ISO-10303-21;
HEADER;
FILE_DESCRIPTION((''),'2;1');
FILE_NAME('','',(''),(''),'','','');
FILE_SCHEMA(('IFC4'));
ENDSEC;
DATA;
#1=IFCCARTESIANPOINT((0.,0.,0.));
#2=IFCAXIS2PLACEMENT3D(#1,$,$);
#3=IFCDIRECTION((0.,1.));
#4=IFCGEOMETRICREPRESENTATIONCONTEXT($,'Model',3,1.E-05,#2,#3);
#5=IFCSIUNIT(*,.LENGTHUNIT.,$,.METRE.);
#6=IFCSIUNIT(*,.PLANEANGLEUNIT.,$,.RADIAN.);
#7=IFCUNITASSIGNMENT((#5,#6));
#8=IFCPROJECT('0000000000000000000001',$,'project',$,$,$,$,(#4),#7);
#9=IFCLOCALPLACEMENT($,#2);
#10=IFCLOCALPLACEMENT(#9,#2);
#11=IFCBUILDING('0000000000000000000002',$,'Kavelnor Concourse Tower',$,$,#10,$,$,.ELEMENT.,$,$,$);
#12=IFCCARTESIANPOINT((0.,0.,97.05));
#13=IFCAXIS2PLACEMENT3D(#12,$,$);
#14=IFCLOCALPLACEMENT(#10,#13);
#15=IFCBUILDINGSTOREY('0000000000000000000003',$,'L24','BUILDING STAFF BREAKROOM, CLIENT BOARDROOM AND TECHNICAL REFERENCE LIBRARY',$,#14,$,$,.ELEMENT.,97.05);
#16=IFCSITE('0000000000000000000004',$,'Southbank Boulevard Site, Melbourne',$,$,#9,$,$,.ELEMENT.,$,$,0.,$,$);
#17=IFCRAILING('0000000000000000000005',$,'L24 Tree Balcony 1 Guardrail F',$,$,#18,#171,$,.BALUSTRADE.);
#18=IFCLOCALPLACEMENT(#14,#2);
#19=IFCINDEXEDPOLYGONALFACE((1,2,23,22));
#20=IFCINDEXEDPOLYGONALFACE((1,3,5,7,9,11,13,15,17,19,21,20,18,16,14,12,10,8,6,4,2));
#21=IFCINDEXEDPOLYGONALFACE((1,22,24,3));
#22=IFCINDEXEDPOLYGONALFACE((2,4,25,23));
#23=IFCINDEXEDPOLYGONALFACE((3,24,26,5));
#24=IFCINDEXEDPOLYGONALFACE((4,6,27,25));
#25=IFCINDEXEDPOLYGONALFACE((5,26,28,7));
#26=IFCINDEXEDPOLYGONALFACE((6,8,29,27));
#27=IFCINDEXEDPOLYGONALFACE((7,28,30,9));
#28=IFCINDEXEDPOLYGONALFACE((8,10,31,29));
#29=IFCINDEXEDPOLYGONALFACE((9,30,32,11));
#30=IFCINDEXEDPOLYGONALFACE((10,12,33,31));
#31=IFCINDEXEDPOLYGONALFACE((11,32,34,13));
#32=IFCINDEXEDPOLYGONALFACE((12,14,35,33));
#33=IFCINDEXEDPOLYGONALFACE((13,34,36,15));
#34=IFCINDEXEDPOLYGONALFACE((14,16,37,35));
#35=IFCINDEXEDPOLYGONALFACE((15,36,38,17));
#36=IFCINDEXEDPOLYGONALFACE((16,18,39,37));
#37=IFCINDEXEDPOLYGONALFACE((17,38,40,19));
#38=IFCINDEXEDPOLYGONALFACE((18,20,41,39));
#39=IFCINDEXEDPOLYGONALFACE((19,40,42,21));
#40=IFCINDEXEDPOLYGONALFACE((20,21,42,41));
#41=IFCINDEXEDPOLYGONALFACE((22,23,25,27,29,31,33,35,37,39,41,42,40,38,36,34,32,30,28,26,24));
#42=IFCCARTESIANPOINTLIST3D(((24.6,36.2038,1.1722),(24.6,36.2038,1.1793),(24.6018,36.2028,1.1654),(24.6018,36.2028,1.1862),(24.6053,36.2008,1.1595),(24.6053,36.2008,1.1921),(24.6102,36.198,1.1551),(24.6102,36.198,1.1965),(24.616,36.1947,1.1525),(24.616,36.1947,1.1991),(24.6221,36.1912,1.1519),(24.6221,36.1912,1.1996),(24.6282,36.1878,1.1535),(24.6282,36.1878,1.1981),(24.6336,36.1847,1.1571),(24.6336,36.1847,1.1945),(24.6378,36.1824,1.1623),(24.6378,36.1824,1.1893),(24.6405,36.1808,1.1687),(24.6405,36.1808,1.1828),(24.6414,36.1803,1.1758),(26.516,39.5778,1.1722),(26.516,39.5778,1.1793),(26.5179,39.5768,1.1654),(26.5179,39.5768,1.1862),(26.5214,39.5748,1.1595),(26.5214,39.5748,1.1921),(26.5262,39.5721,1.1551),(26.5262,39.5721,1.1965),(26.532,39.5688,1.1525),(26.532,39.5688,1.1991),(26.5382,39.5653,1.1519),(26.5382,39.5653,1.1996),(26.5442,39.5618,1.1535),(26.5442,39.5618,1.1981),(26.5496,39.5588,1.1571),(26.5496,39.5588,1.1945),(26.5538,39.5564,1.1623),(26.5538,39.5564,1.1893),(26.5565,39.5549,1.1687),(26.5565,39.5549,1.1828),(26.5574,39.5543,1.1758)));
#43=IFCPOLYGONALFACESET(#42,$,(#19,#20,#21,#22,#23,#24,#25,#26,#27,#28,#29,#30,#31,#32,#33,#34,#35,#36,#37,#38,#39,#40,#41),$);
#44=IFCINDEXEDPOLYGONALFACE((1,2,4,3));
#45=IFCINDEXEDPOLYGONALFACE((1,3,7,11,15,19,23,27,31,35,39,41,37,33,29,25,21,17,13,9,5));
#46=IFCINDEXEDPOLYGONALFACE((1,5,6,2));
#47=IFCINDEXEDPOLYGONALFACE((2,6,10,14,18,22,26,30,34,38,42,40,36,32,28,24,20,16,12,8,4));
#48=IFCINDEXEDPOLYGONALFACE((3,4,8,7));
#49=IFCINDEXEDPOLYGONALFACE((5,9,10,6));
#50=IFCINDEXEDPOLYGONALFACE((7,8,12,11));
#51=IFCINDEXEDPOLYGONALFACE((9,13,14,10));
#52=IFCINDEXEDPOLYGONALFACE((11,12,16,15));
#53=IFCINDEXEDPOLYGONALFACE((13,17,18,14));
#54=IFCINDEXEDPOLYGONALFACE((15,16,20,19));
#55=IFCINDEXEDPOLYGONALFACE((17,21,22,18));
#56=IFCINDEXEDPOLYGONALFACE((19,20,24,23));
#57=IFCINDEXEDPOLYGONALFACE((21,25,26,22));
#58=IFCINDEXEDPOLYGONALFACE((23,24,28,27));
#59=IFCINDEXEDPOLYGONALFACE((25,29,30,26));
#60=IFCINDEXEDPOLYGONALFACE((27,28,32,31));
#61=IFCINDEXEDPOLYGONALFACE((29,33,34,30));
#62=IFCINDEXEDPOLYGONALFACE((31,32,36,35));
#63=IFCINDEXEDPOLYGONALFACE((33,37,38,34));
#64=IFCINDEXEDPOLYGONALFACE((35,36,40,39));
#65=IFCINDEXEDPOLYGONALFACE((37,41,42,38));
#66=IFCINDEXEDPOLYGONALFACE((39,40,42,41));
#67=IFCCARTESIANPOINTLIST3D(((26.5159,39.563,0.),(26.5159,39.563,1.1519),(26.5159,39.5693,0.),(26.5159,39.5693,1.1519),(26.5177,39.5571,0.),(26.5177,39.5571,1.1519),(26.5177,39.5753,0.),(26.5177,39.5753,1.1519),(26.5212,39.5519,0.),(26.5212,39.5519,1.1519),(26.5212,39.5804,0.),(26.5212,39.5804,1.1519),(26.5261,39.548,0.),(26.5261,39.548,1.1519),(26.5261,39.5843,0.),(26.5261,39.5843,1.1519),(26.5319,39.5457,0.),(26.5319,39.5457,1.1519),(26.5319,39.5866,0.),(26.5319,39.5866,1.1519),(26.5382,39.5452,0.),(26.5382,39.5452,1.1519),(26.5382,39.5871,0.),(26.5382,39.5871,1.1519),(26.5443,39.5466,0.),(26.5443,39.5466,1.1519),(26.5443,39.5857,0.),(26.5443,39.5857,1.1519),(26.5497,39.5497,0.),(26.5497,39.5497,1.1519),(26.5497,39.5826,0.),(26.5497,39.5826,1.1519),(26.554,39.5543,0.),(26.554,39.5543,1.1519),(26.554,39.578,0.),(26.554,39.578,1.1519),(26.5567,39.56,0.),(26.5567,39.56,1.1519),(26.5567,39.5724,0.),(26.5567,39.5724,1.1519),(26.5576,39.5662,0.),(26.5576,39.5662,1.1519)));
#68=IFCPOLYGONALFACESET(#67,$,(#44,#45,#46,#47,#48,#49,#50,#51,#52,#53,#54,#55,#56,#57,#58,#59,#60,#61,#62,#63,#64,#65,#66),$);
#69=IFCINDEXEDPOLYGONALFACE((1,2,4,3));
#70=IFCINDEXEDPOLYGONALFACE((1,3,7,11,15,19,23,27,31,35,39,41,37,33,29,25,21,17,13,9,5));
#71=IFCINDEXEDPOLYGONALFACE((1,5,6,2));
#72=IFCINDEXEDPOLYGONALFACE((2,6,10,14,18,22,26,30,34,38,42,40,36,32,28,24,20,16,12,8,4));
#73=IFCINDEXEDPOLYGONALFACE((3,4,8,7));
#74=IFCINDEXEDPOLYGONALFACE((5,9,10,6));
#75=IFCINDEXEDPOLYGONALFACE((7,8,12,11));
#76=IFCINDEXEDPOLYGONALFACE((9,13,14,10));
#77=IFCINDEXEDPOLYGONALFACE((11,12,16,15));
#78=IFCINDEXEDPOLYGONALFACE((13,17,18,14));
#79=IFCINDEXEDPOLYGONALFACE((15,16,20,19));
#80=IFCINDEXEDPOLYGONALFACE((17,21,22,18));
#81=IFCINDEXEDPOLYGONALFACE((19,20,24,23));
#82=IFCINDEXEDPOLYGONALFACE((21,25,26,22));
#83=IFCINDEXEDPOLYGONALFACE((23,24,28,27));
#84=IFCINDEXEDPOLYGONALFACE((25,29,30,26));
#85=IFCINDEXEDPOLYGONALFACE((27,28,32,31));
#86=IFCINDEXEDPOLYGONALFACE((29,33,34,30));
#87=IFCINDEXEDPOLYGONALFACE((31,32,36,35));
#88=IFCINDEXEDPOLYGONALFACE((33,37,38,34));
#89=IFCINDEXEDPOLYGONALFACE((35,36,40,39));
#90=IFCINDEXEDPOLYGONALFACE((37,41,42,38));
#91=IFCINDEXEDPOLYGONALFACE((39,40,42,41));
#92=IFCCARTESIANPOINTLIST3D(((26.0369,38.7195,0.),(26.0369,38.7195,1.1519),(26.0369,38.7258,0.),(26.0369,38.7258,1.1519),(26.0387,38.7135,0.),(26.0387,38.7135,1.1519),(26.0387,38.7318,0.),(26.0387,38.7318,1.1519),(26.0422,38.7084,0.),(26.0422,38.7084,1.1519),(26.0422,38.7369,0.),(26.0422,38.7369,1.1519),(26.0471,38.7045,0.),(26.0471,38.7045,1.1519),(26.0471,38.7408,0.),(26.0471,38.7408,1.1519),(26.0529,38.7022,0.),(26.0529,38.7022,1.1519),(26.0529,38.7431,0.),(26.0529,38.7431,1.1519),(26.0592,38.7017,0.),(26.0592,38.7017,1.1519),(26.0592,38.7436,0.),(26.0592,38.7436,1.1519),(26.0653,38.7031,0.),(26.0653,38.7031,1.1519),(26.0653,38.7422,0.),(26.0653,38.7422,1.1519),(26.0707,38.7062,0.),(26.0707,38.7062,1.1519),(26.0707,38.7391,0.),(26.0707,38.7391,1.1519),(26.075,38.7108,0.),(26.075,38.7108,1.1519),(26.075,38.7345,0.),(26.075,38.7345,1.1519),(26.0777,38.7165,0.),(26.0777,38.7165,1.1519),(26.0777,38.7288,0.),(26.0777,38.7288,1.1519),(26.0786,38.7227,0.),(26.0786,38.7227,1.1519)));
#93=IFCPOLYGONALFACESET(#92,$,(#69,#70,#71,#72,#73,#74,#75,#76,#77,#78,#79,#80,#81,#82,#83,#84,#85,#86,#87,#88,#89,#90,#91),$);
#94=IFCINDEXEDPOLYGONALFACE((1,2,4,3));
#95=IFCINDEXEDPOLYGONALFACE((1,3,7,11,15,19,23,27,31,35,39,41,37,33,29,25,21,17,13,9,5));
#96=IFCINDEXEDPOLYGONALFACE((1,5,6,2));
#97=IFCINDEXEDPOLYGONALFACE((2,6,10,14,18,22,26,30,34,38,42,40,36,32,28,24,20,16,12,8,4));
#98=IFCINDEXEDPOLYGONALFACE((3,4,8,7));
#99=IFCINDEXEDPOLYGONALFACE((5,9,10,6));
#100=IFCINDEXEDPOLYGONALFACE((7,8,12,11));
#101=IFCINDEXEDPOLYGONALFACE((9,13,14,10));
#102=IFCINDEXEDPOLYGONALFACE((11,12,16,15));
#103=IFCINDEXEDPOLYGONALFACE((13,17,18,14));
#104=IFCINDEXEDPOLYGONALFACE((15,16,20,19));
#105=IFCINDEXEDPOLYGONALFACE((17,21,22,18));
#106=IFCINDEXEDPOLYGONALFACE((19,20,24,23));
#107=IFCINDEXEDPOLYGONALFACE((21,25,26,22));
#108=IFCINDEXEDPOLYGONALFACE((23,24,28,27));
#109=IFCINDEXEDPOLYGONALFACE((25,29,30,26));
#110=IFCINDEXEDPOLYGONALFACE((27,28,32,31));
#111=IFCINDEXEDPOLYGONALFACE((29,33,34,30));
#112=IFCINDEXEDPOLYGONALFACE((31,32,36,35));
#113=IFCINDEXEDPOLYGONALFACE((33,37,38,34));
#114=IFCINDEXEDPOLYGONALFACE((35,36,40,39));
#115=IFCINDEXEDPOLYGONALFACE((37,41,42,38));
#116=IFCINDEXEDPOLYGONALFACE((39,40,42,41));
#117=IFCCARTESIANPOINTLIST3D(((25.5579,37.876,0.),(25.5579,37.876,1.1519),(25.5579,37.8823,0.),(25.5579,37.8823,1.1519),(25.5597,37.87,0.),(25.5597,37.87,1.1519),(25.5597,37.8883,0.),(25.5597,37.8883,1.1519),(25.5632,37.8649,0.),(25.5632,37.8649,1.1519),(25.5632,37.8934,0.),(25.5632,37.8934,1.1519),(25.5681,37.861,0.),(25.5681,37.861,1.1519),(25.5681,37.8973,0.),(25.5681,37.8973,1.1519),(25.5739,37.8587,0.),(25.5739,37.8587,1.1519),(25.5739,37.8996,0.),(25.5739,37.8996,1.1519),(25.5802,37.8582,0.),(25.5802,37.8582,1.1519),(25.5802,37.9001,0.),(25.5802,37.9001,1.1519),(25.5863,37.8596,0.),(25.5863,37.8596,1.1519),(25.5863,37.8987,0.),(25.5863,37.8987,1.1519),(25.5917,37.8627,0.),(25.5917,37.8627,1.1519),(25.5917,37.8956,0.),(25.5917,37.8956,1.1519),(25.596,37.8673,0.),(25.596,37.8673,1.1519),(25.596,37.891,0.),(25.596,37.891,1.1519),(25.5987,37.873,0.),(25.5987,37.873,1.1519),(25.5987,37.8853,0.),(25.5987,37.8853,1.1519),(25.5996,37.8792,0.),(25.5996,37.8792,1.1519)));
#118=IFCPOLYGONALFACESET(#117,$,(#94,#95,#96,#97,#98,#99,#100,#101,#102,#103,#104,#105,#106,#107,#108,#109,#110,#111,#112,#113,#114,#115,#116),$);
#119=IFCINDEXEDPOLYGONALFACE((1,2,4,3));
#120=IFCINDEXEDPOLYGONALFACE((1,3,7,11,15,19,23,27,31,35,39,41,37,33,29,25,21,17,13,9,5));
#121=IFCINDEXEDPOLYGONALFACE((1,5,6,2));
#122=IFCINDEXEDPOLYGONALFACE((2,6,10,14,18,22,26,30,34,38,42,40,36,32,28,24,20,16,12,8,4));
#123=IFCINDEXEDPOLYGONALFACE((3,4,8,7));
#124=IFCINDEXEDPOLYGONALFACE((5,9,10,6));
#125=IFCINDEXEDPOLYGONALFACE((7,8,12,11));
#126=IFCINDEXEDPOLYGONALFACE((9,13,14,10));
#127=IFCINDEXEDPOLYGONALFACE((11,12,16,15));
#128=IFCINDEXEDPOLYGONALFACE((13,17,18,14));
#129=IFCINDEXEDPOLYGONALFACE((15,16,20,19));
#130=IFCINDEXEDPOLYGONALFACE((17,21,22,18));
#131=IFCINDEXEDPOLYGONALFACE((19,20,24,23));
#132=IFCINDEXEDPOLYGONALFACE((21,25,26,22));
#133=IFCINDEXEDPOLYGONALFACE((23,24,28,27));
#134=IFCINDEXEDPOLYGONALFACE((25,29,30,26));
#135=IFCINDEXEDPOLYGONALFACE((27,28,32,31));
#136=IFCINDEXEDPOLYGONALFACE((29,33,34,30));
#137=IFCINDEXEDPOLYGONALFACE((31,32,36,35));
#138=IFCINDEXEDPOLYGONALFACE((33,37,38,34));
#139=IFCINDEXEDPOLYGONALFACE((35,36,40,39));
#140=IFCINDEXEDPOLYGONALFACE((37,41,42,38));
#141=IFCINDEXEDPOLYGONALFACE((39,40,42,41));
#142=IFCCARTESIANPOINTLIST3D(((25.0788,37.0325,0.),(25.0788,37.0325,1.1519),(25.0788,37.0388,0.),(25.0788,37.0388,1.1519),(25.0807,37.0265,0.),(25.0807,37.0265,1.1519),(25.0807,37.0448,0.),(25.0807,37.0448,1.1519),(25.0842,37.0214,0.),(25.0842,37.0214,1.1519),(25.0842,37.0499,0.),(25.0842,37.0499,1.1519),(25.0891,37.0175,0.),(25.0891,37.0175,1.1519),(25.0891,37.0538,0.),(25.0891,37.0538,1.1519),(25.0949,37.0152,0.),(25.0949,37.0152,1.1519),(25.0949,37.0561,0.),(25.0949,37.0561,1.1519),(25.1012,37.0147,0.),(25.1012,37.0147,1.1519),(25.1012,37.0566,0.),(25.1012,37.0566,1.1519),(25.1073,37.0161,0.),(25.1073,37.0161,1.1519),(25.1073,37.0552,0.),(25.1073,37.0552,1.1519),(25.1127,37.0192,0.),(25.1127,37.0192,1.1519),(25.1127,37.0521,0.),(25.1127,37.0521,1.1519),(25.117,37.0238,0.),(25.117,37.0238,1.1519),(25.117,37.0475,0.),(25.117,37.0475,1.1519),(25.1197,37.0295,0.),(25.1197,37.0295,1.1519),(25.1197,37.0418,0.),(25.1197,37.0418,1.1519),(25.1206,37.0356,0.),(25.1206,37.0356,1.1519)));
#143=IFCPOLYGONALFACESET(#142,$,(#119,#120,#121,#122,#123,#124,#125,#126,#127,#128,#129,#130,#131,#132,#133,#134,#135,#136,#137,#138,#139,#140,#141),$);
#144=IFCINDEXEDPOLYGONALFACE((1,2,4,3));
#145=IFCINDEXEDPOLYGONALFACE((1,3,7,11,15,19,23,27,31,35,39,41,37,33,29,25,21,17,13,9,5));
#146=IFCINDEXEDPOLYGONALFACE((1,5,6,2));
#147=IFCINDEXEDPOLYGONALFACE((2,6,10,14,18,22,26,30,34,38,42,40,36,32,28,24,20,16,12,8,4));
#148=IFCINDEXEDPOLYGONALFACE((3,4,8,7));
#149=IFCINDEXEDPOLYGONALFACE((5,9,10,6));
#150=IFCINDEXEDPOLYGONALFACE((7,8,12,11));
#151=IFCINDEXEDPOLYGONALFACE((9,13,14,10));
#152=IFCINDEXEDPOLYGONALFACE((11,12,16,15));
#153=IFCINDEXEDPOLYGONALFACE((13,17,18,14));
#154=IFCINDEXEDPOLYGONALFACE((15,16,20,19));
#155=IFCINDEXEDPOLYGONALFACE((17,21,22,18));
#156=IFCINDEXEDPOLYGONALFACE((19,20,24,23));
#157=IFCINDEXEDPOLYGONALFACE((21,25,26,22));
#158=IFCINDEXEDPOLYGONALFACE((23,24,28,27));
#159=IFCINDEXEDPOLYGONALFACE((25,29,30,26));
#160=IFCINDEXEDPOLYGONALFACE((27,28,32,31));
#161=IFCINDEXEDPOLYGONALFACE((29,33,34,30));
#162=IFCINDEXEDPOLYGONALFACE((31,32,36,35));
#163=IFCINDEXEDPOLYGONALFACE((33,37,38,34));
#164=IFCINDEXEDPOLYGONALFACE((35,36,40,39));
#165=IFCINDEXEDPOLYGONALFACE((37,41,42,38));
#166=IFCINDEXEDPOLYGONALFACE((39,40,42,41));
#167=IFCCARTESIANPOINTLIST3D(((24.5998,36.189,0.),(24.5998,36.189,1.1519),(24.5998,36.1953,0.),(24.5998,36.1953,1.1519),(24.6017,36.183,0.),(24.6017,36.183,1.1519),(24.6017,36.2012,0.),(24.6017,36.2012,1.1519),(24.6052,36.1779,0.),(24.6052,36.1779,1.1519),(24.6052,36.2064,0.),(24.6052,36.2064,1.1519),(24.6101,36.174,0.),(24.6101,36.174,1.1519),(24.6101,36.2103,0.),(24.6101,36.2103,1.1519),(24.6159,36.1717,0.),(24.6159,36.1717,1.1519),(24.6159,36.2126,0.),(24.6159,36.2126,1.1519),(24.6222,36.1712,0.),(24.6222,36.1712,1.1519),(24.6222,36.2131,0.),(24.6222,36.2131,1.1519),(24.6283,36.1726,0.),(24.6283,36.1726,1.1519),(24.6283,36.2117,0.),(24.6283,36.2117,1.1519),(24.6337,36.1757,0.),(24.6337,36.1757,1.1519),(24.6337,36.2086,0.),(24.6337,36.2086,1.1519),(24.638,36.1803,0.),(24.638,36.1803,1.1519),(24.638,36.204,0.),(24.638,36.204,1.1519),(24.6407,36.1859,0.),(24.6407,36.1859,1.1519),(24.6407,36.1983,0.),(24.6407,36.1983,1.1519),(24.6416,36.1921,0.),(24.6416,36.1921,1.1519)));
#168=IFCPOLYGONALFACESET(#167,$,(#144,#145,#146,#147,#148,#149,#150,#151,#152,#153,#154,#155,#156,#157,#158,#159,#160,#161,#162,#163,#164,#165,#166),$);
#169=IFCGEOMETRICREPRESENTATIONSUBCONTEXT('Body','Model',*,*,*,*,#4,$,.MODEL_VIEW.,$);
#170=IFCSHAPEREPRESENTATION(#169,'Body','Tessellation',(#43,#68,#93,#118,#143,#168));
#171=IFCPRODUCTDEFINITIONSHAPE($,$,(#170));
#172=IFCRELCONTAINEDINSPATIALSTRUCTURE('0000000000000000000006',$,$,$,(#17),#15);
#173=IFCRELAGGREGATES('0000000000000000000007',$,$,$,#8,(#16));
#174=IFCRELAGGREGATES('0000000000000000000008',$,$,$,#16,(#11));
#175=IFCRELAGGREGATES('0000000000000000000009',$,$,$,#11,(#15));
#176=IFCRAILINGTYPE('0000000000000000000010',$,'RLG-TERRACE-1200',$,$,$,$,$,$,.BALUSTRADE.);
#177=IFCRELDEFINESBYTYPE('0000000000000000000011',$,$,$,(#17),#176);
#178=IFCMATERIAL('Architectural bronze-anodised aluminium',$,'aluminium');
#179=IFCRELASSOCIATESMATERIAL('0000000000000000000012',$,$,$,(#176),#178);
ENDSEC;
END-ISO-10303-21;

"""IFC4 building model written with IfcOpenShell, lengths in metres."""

from ifc_helpers import new_model, si_unit, direction, frame, origin, origin_2d, place, context, subcontext, project, spatial, circle, extrude, material, type_object, element, save


model = new_model("IFC4")

# Units and contexts
model_context = context("Model", 3, precision=1e-05, world=origin(), true_north=direction((0.0, 1.0)))
body_context = subcontext(model_context, "Body", "Model", "MODEL_VIEW")
ifc_project = project(units=[si_unit("LENGTHUNIT", "METRE"), si_unit("PLANEANGLEUNIT", "RADIAN")], contexts=[model_context])

# Site, building, storey
site_placement = place(None, origin())
site = spatial("IfcSite", under=ifc_project, at=site_placement, Name="Southbank Boulevard Site, Melbourne", CompositionType="ELEMENT", RefElevation=0.0)
building_placement = place(site_placement, origin())
building = spatial("IfcBuilding", under=site, at=building_placement, Name="Kavelnor Concourse Tower", CompositionType="ELEMENT")
storey_placement = place(building_placement, frame((0.0, 0.0, 97.05)))
storey = spatial("IfcBuildingStorey", under=building, at=storey_placement, Name="L24", Description="BUILDING STAFF BREAKROOM, CLIENT BOARDROOM AND TECHNICAL REFERENCE LIBRARY", CompositionType="ELEMENT", Elevation=97.05)

# Railing
ifc_material_1 = material(Name="Architectural bronze-anodised aluminium", Category="aluminium")
railing_type = type_object("IfcRailingType", Name="RLG-TERRACE-1200", PredefinedType="BALUSTRADE", material=ifc_material_1)
railing_1_placement = place(storey_placement, frame((26.5366, 39.5662, 0.0)))
element("IfcRailing", 1, at=railing_1_placement, inside=storey, type_object=railing_type, Name="L24 Tree Balcony 1 Guardrail F", PredefinedType="BALUSTRADE", context=body_context, shape_type="SweptSolid", body=[
    extrude(circle(Radius=0.0239, at=origin_2d()), frame((0.0, 0.0, 1.1758), z_axis=(-0.493806, -0.869572, 0.0), x_axis=(0.869572, -0.493806, 0.0)), (0.0, 0.0, 1.0), 3.8801),
    extrude(circle(Radius=0.021, at=origin_2d()), origin(), (0.0, 0.0, 1.0), 1.1519),
    extrude(circle(Radius=0.021, at=origin_2d()), frame((-0.479, -0.8435, 0.0)), (0.0, 0.0, 1.0), 1.1519),
    extrude(circle(Radius=0.021, at=origin_2d()), frame((-0.958, -1.687, 0.0)), (0.0, 0.0, 1.0), 1.1519),
    extrude(circle(Radius=0.021, at=origin_2d()), frame((-1.437, -2.5305, 0.0)), (0.0, 0.0, 1.0), 1.1519),
    extrude(circle(Radius=0.021, at=origin_2d()), frame((-1.916, -3.374, 0.0)), (0.0, 0.0, 1.0), 1.1519),
])

save(model, "model.ifc")
